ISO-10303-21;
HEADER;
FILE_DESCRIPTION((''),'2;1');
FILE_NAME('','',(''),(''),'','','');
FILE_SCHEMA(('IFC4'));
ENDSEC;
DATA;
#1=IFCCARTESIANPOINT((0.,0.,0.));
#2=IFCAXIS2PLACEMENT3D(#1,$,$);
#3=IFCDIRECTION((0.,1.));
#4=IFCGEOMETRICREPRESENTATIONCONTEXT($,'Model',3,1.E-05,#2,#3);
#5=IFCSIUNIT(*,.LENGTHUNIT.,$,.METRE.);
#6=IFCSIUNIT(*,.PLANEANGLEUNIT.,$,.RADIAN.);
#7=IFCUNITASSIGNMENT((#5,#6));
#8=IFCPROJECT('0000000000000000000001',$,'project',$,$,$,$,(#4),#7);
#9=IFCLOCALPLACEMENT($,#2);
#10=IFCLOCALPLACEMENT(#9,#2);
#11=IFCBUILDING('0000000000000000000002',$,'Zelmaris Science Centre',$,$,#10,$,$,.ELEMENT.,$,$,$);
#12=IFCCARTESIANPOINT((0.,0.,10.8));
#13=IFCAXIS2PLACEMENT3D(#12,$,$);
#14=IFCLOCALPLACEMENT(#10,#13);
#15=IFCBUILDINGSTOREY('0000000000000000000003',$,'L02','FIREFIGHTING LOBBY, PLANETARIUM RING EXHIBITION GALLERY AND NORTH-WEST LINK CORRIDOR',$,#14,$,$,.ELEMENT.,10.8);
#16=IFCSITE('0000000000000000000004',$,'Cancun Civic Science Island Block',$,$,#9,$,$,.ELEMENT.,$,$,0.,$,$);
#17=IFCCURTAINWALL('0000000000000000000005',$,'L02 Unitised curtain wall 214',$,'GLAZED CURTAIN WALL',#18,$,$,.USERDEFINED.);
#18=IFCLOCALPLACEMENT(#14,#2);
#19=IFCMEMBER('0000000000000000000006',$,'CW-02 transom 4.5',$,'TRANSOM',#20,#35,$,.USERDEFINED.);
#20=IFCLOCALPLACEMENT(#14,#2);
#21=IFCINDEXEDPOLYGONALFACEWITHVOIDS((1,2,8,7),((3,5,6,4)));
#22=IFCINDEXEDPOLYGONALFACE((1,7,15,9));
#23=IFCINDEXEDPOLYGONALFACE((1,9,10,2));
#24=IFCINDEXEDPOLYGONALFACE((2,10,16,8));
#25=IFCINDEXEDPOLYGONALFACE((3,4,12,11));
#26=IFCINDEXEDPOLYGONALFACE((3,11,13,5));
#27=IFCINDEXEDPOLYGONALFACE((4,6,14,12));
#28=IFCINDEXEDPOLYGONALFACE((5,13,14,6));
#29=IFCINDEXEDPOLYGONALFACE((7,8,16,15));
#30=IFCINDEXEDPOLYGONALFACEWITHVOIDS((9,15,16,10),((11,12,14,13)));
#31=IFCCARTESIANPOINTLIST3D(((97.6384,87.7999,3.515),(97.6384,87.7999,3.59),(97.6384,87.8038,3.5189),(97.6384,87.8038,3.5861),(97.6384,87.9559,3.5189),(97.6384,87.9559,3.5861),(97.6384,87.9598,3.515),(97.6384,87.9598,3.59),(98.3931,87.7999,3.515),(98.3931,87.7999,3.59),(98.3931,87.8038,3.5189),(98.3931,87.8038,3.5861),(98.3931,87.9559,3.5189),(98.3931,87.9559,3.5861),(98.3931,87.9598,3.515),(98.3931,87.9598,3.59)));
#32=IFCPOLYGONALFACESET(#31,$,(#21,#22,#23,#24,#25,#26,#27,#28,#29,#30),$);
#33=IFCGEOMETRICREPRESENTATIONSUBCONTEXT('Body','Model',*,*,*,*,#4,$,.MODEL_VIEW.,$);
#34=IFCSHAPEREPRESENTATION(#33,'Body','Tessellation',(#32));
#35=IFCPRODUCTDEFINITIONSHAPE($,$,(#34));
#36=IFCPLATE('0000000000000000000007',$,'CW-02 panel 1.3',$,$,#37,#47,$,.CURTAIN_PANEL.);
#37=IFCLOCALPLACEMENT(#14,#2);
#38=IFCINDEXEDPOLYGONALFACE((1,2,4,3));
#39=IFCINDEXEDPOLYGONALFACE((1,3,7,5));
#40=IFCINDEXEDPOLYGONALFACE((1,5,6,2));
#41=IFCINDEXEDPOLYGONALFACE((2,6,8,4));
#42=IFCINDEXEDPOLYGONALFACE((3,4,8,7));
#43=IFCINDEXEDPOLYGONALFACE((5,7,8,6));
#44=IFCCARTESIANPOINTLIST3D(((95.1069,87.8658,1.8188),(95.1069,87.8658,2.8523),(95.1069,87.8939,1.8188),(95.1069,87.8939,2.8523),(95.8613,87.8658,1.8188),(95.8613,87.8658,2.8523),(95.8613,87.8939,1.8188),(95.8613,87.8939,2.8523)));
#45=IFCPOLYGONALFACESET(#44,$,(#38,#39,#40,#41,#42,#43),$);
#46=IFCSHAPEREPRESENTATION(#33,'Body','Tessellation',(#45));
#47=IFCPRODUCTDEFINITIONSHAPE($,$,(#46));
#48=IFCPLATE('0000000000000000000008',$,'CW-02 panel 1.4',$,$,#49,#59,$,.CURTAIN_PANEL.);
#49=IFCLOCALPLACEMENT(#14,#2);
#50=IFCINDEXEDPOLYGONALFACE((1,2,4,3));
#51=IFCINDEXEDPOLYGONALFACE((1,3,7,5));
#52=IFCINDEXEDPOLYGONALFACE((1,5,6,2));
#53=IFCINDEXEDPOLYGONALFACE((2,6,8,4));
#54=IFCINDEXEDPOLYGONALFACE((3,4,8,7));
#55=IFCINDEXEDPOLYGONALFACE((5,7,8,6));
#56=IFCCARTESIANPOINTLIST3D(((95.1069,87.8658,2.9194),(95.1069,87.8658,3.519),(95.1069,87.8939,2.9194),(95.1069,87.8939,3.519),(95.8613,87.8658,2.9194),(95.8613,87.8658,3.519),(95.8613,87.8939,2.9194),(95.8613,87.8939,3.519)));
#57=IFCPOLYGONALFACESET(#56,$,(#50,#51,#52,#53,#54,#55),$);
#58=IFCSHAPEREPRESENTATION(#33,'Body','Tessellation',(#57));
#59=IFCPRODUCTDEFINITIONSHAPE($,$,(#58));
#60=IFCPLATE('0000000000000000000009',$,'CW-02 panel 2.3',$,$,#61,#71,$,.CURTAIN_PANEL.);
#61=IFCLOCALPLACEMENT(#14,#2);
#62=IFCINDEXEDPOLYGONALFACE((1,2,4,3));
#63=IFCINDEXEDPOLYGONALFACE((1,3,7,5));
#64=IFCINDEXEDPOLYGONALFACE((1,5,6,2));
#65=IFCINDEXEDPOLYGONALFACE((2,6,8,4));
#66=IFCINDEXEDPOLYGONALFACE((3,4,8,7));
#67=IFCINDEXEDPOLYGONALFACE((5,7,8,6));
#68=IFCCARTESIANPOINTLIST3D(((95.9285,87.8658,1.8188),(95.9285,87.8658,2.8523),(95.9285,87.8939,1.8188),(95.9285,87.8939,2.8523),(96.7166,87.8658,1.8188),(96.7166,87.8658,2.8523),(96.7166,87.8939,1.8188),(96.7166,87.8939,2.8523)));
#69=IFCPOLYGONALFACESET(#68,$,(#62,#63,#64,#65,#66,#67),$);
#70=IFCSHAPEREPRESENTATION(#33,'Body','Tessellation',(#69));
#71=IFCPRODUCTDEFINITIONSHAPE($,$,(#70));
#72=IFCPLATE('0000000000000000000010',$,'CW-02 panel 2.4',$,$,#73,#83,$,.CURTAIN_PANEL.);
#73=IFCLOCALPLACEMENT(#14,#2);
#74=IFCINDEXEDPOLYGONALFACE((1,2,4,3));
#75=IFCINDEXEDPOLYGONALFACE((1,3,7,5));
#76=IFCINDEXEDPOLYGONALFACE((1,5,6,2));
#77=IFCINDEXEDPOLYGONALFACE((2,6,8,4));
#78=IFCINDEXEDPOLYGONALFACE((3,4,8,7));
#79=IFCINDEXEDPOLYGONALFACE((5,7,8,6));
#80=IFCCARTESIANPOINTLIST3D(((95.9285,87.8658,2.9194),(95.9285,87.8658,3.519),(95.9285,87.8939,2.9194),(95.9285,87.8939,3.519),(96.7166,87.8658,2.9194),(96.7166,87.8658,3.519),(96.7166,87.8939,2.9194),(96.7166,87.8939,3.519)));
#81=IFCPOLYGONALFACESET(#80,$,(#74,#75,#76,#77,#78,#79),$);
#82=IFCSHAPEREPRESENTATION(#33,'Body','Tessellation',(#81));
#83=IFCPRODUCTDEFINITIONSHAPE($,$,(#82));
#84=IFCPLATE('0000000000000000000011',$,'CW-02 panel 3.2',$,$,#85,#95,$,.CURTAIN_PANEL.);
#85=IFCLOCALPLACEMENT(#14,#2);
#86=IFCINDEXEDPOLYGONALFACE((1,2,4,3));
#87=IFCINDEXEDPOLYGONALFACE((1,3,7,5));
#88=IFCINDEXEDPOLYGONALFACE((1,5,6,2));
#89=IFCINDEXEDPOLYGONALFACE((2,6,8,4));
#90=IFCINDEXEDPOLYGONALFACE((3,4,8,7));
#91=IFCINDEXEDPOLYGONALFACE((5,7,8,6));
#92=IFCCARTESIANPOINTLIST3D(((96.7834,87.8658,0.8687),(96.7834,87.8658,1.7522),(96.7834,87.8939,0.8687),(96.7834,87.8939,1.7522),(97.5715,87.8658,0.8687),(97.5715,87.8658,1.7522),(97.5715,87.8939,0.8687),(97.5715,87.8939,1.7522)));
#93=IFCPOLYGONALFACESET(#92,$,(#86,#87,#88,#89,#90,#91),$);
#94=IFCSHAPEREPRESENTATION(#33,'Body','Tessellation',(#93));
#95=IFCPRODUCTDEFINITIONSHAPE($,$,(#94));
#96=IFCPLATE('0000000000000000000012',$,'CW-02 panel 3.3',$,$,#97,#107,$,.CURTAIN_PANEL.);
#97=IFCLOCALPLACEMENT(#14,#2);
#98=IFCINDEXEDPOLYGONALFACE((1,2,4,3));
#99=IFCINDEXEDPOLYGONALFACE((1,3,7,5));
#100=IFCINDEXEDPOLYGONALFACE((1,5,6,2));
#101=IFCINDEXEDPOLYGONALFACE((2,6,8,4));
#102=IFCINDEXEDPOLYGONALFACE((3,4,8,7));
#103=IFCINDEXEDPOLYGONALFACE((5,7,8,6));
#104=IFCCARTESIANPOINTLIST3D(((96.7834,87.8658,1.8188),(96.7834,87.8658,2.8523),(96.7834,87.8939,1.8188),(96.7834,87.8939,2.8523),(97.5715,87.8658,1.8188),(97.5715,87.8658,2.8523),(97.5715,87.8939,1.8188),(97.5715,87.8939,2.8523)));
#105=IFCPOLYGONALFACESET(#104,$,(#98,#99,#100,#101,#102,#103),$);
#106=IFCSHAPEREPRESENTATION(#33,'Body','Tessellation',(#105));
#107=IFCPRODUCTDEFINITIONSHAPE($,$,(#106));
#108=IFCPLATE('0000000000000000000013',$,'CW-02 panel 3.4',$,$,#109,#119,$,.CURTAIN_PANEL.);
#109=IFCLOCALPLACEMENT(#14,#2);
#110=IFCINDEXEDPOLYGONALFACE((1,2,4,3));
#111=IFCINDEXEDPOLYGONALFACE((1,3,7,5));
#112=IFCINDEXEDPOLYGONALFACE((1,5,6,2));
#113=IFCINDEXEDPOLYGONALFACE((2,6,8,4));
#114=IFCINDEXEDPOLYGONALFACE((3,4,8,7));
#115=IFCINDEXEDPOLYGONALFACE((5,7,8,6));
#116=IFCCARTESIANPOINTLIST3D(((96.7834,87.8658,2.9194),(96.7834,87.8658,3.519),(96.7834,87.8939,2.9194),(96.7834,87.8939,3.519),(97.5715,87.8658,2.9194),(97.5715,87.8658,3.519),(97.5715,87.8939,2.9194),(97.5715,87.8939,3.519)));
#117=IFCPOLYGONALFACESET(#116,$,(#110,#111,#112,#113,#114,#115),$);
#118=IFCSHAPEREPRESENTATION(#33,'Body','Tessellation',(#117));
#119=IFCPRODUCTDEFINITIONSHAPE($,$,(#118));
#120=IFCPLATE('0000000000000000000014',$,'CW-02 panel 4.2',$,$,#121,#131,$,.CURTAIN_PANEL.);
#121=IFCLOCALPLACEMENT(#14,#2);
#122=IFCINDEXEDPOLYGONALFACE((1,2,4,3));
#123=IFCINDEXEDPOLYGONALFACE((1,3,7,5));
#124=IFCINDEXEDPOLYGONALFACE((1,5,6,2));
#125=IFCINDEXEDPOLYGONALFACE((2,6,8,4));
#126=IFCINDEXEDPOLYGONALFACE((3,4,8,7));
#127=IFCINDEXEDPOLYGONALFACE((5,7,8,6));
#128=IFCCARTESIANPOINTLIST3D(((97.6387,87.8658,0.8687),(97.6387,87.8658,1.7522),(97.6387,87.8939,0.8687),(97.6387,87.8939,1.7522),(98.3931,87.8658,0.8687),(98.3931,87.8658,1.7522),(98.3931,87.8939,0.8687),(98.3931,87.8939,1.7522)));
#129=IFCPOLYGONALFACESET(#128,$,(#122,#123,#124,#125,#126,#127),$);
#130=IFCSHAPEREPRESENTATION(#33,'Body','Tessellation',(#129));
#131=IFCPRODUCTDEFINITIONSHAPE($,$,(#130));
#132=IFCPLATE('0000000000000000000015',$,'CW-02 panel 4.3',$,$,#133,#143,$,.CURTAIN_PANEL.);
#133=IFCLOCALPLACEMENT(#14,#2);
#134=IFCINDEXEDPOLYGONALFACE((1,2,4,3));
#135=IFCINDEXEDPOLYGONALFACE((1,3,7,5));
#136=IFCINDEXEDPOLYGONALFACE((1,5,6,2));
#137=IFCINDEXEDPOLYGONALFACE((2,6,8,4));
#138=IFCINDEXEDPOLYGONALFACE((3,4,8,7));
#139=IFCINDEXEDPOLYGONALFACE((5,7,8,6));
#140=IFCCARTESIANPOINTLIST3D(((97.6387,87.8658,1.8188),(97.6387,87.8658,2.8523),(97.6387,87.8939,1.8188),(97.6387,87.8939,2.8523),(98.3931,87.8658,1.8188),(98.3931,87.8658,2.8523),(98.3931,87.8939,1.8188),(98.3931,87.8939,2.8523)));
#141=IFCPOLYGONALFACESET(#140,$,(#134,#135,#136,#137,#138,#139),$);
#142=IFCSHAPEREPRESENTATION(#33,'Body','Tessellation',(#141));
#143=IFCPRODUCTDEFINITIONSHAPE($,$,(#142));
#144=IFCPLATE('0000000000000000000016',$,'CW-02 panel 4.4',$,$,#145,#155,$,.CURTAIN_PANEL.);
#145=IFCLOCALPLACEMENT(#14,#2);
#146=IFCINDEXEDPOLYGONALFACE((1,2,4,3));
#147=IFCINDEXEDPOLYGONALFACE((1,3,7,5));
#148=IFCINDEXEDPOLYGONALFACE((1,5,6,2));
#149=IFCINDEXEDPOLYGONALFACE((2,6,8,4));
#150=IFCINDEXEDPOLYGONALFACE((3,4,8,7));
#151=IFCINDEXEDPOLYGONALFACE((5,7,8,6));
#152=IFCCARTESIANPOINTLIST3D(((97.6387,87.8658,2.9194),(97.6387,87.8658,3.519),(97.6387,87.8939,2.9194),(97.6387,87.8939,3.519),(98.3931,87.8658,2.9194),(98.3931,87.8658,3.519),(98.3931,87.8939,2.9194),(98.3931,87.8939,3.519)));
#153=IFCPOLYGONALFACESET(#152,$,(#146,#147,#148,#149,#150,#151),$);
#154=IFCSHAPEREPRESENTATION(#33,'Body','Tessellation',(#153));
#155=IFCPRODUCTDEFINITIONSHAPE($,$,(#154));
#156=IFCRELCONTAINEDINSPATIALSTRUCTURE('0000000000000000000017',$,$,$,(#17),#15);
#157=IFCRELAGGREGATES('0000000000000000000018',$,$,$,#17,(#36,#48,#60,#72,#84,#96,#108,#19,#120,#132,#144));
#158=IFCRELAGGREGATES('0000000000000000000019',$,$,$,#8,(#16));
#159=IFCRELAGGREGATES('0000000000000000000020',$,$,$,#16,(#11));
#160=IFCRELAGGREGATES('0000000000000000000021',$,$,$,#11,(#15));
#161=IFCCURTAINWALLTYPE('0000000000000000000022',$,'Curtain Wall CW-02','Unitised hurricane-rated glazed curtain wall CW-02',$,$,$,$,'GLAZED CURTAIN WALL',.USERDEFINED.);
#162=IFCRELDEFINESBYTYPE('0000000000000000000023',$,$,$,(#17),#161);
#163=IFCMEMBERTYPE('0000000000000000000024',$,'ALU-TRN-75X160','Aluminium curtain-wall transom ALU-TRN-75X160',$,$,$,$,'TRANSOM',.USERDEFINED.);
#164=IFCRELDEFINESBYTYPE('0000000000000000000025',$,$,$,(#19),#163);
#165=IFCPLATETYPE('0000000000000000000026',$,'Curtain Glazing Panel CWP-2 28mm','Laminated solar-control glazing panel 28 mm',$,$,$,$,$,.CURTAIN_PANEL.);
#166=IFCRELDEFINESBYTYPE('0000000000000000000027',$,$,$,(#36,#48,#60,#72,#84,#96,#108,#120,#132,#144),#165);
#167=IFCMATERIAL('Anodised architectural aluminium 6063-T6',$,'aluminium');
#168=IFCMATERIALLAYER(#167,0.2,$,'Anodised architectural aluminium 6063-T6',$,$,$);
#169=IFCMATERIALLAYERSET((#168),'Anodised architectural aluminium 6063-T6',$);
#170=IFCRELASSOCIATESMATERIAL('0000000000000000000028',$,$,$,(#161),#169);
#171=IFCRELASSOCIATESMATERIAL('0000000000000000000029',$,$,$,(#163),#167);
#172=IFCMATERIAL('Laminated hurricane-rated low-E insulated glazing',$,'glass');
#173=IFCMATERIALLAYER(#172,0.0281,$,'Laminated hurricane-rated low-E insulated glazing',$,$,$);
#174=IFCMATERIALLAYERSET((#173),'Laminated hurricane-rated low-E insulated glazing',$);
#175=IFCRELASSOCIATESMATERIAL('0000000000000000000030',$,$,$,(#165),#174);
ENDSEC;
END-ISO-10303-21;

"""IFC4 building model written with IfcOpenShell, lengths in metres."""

from ifc_helpers import new_model, si_unit, direction, frame, origin, origin_2d, place, context, subcontext, project, spatial, rectangle, hollow_rectangle, extrude, material, layer, layer_set, material_profile, profile_set, type_object, element, aggregate, save


model = new_model("IFC4")

# Units and contexts
model_context = context("Model", 3, precision=1e-05, world=origin(), true_north=direction((0.0, 1.0)))
body_context = subcontext(model_context, "Body", "Model", "MODEL_VIEW")
ifc_project = project(units=[si_unit("LENGTHUNIT", "METRE"), si_unit("PLANEANGLEUNIT", "RADIAN")], contexts=[model_context])

# Site, building, storey
site_placement = place(None, origin())
site = spatial("IfcSite", under=ifc_project, at=site_placement, Name="Cancun Civic Science Island Block", CompositionType="ELEMENT", RefElevation=0.0)
building_placement = place(site_placement, origin())
building = spatial("IfcBuilding", under=site, at=building_placement, Name="Zelmaris Science Centre", CompositionType="ELEMENT")
storey_placement = place(building_placement, frame((0.0, 0.0, 10.8)))
storey = spatial("IfcBuildingStorey", under=building, at=storey_placement, Name="L02", Description="FIREFIGHTING LOBBY, PLANETARIUM RING EXHIBITION GALLERY AND NORTH-WEST LINK CORRIDOR", CompositionType="ELEMENT", Elevation=10.8)

# Curtain wall, member, plates
ifc_material_1 = material(Name="Anodised architectural aluminium 6063-T6", Category="aluminium")
ifc_layer_1 = layer(ifc_material_1, 0.2, Name="Anodised architectural aluminium 6063-T6")
ifc_layer_set_1 = layer_set([ifc_layer_1], Name="Anodised architectural aluminium 6063-T6")
curtain_wall_type = type_object("IfcCurtainWallType", Name="Curtain Wall CW-02", Description="Unitised hurricane-rated glazed curtain wall CW-02", ElementType="GLAZED CURTAIN WALL", PredefinedType="USERDEFINED", material=ifc_layer_set_1)
curtain_wall_placement = place(storey_placement, origin())
curtain_wall = element("IfcCurtainWall", 1, at=curtain_wall_placement, inside=storey, type_object=curtain_wall_type, Name="L02 Unitised curtain wall 214", ObjectType="GLAZED CURTAIN WALL", PredefinedType="USERDEFINED")
ifc_material_profile = material_profile(ifc_material_1, hollow_rectangle(XDim=0.075, YDim=0.1599, WallThickness=0.0039, at=origin_2d()), Name="ALU-TRN-75X160")
ifc_profile_set = profile_set([ifc_material_profile], Name="Anodised architectural aluminium 6063-T6")
member_type = type_object("IfcMemberType", Name="ALU-TRN-75X160", Description="Aluminium curtain-wall transom ALU-TRN-75X160", ElementType="TRANSOM", PredefinedType="USERDEFINED", material=ifc_profile_set)
member_1_placement = place(storey_placement, frame((97.6384, 87.8799, 3.5525), z_axis=(1.0, 0.0, 0.0), x_axis=(0.0, 0.0, 1.0)))
member_1 = element("IfcMember", 2, at=member_1_placement, type_object=member_type, Name="CW-02 transom 4.5", ObjectType="TRANSOM", PredefinedType="USERDEFINED", context=body_context, shape_type="SweptSolid", body=[
    extrude(hollow_rectangle(XDim=0.075, YDim=0.1599, WallThickness=0.0039, at=origin_2d()), origin(), (0.0, 0.0, 1.0), 0.7546),
])
ifc_material_2 = material(Name="Laminated hurricane-rated low-E insulated glazing", Category="glass")
ifc_layer_2 = layer(ifc_material_2, 0.0281, Name="Laminated hurricane-rated low-E insulated glazing")
ifc_layer_set_2 = layer_set([ifc_layer_2], Name="Laminated hurricane-rated low-E insulated glazing")
plate_type = type_object("IfcPlateType", Name="Curtain Glazing Panel CWP-2 28mm", Description="Laminated solar-control glazing panel 28 mm", PredefinedType="CURTAIN_PANEL", material=ifc_layer_set_2)
plate_1_placement = place(storey_placement, frame((95.4841, 87.8799, 1.8188), z_axis=(0.0, 0.0, 1.0), x_axis=(1.0, 0.0, 0.0)))
plate_1 = element("IfcPlate", 3, at=plate_1_placement, type_object=plate_type, Name="CW-02 panel 1.3", PredefinedType="CURTAIN_PANEL", context=body_context, shape_type="SweptSolid", body=[
    extrude(rectangle(XDim=0.7544, YDim=0.0281, at=origin_2d()), origin(), (0.0, 0.0, 1.0), 1.0334),
])
plate_2_placement = place(storey_placement, frame((95.4841, 87.8799, 2.9194), z_axis=(0.0, 0.0, 1.0), x_axis=(1.0, 0.0, 0.0)))
plate_2 = element("IfcPlate", 4, at=plate_2_placement, type_object=plate_type, Name="CW-02 panel 1.4", PredefinedType="CURTAIN_PANEL", context=body_context, shape_type="SweptSolid", body=[
    extrude(rectangle(XDim=0.7544, YDim=0.0281, at=origin_2d()), origin(), (0.0, 0.0, 1.0), 0.5996),
])
plate_3_placement = place(storey_placement, frame((96.3225, 87.8799, 1.8188), z_axis=(0.0, 0.0, 1.0), x_axis=(1.0, 0.0, 0.0)))
plate_3 = element("IfcPlate", 5, at=plate_3_placement, type_object=plate_type, Name="CW-02 panel 2.3", PredefinedType="CURTAIN_PANEL", context=body_context, shape_type="SweptSolid", body=[
    extrude(rectangle(XDim=0.7881, YDim=0.0281, at=origin_2d()), origin(), (0.0, 0.0, 1.0), 1.0334),
])
plate_4_placement = place(storey_placement, frame((96.3225, 87.8799, 2.9194), z_axis=(0.0, 0.0, 1.0), x_axis=(1.0, 0.0, 0.0)))
plate_4 = element("IfcPlate", 6, at=plate_4_placement, type_object=plate_type, Name="CW-02 panel 2.4", PredefinedType="CURTAIN_PANEL", context=body_context, shape_type="SweptSolid", body=[
    extrude(rectangle(XDim=0.7881, YDim=0.0281, at=origin_2d()), origin(), (0.0, 0.0, 1.0), 0.5996),
])
plate_5_placement = place(storey_placement, frame((97.1775, 87.8799, 0.8687), z_axis=(0.0, 0.0, 1.0), x_axis=(1.0, 0.0, 0.0)))
plate_5 = element("IfcPlate", 7, at=plate_5_placement, type_object=plate_type, Name="CW-02 panel 3.2", PredefinedType="CURTAIN_PANEL", context=body_context, shape_type="SweptSolid", body=[
    extrude(rectangle(XDim=0.7881, YDim=0.0281, at=origin_2d()), origin(), (0.0, 0.0, 1.0), 0.8835),
])
plate_6_placement = place(storey_placement, frame((97.1775, 87.8799, 1.8188), z_axis=(0.0, 0.0, 1.0), x_axis=(1.0, 0.0, 0.0)))
plate_6 = element("IfcPlate", 8, at=plate_6_placement, type_object=plate_type, Name="CW-02 panel 3.3", PredefinedType="CURTAIN_PANEL", context=body_context, shape_type="SweptSolid", body=[
    extrude(rectangle(XDim=0.7881, YDim=0.0281, at=origin_2d()), origin(), (0.0, 0.0, 1.0), 1.0334),
])
plate_7_placement = place(storey_placement, frame((97.1775, 87.8799, 2.9194), z_axis=(0.0, 0.0, 1.0), x_axis=(1.0, 0.0, 0.0)))
plate_7 = element("IfcPlate", 9, at=plate_7_placement, type_object=plate_type, Name="CW-02 panel 3.4", PredefinedType="CURTAIN_PANEL", context=body_context, shape_type="SweptSolid", body=[
    extrude(rectangle(XDim=0.7881, YDim=0.0281, at=origin_2d()), origin(), (0.0, 0.0, 1.0), 0.5996),
])
plate_8_placement = place(storey_placement, frame((98.0159, 87.8799, 0.8687), z_axis=(0.0, 0.0, 1.0), x_axis=(1.0, 0.0, 0.0)))
plate_8 = element("IfcPlate", 10, at=plate_8_placement, type_object=plate_type, Name="CW-02 panel 4.2", PredefinedType="CURTAIN_PANEL", context=body_context, shape_type="SweptSolid", body=[
    extrude(rectangle(XDim=0.7544, YDim=0.0281, at=origin_2d()), origin(), (0.0, 0.0, 1.0), 0.8835),
])
plate_9_placement = place(storey_placement, frame((98.0159, 87.8799, 1.8188), z_axis=(0.0, 0.0, 1.0), x_axis=(1.0, 0.0, 0.0)))
plate_9 = element("IfcPlate", 11, at=plate_9_placement, type_object=plate_type, Name="CW-02 panel 4.3", PredefinedType="CURTAIN_PANEL", context=body_context, shape_type="SweptSolid", body=[
    extrude(rectangle(XDim=0.7544, YDim=0.0281, at=origin_2d()), origin(), (0.0, 0.0, 1.0), 1.0334),
])
plate_10_placement = place(storey_placement, frame((98.0159, 87.8799, 2.9194), z_axis=(0.0, 0.0, 1.0), x_axis=(1.0, 0.0, 0.0)))
plate_10 = element("IfcPlate", 12, at=plate_10_placement, type_object=plate_type, Name="CW-02 panel 4.4", PredefinedType="CURTAIN_PANEL", context=body_context, shape_type="SweptSolid", body=[
    extrude(rectangle(XDim=0.7544, YDim=0.0281, at=origin_2d()), origin(), (0.0, 0.0, 1.0), 0.5996),
])
aggregate(curtain_wall, [plate_1, plate_2, plate_3, plate_4, plate_5, plate_6, plate_7, member_1, plate_8, plate_9, plate_10])

save(model, "model.ifc")
